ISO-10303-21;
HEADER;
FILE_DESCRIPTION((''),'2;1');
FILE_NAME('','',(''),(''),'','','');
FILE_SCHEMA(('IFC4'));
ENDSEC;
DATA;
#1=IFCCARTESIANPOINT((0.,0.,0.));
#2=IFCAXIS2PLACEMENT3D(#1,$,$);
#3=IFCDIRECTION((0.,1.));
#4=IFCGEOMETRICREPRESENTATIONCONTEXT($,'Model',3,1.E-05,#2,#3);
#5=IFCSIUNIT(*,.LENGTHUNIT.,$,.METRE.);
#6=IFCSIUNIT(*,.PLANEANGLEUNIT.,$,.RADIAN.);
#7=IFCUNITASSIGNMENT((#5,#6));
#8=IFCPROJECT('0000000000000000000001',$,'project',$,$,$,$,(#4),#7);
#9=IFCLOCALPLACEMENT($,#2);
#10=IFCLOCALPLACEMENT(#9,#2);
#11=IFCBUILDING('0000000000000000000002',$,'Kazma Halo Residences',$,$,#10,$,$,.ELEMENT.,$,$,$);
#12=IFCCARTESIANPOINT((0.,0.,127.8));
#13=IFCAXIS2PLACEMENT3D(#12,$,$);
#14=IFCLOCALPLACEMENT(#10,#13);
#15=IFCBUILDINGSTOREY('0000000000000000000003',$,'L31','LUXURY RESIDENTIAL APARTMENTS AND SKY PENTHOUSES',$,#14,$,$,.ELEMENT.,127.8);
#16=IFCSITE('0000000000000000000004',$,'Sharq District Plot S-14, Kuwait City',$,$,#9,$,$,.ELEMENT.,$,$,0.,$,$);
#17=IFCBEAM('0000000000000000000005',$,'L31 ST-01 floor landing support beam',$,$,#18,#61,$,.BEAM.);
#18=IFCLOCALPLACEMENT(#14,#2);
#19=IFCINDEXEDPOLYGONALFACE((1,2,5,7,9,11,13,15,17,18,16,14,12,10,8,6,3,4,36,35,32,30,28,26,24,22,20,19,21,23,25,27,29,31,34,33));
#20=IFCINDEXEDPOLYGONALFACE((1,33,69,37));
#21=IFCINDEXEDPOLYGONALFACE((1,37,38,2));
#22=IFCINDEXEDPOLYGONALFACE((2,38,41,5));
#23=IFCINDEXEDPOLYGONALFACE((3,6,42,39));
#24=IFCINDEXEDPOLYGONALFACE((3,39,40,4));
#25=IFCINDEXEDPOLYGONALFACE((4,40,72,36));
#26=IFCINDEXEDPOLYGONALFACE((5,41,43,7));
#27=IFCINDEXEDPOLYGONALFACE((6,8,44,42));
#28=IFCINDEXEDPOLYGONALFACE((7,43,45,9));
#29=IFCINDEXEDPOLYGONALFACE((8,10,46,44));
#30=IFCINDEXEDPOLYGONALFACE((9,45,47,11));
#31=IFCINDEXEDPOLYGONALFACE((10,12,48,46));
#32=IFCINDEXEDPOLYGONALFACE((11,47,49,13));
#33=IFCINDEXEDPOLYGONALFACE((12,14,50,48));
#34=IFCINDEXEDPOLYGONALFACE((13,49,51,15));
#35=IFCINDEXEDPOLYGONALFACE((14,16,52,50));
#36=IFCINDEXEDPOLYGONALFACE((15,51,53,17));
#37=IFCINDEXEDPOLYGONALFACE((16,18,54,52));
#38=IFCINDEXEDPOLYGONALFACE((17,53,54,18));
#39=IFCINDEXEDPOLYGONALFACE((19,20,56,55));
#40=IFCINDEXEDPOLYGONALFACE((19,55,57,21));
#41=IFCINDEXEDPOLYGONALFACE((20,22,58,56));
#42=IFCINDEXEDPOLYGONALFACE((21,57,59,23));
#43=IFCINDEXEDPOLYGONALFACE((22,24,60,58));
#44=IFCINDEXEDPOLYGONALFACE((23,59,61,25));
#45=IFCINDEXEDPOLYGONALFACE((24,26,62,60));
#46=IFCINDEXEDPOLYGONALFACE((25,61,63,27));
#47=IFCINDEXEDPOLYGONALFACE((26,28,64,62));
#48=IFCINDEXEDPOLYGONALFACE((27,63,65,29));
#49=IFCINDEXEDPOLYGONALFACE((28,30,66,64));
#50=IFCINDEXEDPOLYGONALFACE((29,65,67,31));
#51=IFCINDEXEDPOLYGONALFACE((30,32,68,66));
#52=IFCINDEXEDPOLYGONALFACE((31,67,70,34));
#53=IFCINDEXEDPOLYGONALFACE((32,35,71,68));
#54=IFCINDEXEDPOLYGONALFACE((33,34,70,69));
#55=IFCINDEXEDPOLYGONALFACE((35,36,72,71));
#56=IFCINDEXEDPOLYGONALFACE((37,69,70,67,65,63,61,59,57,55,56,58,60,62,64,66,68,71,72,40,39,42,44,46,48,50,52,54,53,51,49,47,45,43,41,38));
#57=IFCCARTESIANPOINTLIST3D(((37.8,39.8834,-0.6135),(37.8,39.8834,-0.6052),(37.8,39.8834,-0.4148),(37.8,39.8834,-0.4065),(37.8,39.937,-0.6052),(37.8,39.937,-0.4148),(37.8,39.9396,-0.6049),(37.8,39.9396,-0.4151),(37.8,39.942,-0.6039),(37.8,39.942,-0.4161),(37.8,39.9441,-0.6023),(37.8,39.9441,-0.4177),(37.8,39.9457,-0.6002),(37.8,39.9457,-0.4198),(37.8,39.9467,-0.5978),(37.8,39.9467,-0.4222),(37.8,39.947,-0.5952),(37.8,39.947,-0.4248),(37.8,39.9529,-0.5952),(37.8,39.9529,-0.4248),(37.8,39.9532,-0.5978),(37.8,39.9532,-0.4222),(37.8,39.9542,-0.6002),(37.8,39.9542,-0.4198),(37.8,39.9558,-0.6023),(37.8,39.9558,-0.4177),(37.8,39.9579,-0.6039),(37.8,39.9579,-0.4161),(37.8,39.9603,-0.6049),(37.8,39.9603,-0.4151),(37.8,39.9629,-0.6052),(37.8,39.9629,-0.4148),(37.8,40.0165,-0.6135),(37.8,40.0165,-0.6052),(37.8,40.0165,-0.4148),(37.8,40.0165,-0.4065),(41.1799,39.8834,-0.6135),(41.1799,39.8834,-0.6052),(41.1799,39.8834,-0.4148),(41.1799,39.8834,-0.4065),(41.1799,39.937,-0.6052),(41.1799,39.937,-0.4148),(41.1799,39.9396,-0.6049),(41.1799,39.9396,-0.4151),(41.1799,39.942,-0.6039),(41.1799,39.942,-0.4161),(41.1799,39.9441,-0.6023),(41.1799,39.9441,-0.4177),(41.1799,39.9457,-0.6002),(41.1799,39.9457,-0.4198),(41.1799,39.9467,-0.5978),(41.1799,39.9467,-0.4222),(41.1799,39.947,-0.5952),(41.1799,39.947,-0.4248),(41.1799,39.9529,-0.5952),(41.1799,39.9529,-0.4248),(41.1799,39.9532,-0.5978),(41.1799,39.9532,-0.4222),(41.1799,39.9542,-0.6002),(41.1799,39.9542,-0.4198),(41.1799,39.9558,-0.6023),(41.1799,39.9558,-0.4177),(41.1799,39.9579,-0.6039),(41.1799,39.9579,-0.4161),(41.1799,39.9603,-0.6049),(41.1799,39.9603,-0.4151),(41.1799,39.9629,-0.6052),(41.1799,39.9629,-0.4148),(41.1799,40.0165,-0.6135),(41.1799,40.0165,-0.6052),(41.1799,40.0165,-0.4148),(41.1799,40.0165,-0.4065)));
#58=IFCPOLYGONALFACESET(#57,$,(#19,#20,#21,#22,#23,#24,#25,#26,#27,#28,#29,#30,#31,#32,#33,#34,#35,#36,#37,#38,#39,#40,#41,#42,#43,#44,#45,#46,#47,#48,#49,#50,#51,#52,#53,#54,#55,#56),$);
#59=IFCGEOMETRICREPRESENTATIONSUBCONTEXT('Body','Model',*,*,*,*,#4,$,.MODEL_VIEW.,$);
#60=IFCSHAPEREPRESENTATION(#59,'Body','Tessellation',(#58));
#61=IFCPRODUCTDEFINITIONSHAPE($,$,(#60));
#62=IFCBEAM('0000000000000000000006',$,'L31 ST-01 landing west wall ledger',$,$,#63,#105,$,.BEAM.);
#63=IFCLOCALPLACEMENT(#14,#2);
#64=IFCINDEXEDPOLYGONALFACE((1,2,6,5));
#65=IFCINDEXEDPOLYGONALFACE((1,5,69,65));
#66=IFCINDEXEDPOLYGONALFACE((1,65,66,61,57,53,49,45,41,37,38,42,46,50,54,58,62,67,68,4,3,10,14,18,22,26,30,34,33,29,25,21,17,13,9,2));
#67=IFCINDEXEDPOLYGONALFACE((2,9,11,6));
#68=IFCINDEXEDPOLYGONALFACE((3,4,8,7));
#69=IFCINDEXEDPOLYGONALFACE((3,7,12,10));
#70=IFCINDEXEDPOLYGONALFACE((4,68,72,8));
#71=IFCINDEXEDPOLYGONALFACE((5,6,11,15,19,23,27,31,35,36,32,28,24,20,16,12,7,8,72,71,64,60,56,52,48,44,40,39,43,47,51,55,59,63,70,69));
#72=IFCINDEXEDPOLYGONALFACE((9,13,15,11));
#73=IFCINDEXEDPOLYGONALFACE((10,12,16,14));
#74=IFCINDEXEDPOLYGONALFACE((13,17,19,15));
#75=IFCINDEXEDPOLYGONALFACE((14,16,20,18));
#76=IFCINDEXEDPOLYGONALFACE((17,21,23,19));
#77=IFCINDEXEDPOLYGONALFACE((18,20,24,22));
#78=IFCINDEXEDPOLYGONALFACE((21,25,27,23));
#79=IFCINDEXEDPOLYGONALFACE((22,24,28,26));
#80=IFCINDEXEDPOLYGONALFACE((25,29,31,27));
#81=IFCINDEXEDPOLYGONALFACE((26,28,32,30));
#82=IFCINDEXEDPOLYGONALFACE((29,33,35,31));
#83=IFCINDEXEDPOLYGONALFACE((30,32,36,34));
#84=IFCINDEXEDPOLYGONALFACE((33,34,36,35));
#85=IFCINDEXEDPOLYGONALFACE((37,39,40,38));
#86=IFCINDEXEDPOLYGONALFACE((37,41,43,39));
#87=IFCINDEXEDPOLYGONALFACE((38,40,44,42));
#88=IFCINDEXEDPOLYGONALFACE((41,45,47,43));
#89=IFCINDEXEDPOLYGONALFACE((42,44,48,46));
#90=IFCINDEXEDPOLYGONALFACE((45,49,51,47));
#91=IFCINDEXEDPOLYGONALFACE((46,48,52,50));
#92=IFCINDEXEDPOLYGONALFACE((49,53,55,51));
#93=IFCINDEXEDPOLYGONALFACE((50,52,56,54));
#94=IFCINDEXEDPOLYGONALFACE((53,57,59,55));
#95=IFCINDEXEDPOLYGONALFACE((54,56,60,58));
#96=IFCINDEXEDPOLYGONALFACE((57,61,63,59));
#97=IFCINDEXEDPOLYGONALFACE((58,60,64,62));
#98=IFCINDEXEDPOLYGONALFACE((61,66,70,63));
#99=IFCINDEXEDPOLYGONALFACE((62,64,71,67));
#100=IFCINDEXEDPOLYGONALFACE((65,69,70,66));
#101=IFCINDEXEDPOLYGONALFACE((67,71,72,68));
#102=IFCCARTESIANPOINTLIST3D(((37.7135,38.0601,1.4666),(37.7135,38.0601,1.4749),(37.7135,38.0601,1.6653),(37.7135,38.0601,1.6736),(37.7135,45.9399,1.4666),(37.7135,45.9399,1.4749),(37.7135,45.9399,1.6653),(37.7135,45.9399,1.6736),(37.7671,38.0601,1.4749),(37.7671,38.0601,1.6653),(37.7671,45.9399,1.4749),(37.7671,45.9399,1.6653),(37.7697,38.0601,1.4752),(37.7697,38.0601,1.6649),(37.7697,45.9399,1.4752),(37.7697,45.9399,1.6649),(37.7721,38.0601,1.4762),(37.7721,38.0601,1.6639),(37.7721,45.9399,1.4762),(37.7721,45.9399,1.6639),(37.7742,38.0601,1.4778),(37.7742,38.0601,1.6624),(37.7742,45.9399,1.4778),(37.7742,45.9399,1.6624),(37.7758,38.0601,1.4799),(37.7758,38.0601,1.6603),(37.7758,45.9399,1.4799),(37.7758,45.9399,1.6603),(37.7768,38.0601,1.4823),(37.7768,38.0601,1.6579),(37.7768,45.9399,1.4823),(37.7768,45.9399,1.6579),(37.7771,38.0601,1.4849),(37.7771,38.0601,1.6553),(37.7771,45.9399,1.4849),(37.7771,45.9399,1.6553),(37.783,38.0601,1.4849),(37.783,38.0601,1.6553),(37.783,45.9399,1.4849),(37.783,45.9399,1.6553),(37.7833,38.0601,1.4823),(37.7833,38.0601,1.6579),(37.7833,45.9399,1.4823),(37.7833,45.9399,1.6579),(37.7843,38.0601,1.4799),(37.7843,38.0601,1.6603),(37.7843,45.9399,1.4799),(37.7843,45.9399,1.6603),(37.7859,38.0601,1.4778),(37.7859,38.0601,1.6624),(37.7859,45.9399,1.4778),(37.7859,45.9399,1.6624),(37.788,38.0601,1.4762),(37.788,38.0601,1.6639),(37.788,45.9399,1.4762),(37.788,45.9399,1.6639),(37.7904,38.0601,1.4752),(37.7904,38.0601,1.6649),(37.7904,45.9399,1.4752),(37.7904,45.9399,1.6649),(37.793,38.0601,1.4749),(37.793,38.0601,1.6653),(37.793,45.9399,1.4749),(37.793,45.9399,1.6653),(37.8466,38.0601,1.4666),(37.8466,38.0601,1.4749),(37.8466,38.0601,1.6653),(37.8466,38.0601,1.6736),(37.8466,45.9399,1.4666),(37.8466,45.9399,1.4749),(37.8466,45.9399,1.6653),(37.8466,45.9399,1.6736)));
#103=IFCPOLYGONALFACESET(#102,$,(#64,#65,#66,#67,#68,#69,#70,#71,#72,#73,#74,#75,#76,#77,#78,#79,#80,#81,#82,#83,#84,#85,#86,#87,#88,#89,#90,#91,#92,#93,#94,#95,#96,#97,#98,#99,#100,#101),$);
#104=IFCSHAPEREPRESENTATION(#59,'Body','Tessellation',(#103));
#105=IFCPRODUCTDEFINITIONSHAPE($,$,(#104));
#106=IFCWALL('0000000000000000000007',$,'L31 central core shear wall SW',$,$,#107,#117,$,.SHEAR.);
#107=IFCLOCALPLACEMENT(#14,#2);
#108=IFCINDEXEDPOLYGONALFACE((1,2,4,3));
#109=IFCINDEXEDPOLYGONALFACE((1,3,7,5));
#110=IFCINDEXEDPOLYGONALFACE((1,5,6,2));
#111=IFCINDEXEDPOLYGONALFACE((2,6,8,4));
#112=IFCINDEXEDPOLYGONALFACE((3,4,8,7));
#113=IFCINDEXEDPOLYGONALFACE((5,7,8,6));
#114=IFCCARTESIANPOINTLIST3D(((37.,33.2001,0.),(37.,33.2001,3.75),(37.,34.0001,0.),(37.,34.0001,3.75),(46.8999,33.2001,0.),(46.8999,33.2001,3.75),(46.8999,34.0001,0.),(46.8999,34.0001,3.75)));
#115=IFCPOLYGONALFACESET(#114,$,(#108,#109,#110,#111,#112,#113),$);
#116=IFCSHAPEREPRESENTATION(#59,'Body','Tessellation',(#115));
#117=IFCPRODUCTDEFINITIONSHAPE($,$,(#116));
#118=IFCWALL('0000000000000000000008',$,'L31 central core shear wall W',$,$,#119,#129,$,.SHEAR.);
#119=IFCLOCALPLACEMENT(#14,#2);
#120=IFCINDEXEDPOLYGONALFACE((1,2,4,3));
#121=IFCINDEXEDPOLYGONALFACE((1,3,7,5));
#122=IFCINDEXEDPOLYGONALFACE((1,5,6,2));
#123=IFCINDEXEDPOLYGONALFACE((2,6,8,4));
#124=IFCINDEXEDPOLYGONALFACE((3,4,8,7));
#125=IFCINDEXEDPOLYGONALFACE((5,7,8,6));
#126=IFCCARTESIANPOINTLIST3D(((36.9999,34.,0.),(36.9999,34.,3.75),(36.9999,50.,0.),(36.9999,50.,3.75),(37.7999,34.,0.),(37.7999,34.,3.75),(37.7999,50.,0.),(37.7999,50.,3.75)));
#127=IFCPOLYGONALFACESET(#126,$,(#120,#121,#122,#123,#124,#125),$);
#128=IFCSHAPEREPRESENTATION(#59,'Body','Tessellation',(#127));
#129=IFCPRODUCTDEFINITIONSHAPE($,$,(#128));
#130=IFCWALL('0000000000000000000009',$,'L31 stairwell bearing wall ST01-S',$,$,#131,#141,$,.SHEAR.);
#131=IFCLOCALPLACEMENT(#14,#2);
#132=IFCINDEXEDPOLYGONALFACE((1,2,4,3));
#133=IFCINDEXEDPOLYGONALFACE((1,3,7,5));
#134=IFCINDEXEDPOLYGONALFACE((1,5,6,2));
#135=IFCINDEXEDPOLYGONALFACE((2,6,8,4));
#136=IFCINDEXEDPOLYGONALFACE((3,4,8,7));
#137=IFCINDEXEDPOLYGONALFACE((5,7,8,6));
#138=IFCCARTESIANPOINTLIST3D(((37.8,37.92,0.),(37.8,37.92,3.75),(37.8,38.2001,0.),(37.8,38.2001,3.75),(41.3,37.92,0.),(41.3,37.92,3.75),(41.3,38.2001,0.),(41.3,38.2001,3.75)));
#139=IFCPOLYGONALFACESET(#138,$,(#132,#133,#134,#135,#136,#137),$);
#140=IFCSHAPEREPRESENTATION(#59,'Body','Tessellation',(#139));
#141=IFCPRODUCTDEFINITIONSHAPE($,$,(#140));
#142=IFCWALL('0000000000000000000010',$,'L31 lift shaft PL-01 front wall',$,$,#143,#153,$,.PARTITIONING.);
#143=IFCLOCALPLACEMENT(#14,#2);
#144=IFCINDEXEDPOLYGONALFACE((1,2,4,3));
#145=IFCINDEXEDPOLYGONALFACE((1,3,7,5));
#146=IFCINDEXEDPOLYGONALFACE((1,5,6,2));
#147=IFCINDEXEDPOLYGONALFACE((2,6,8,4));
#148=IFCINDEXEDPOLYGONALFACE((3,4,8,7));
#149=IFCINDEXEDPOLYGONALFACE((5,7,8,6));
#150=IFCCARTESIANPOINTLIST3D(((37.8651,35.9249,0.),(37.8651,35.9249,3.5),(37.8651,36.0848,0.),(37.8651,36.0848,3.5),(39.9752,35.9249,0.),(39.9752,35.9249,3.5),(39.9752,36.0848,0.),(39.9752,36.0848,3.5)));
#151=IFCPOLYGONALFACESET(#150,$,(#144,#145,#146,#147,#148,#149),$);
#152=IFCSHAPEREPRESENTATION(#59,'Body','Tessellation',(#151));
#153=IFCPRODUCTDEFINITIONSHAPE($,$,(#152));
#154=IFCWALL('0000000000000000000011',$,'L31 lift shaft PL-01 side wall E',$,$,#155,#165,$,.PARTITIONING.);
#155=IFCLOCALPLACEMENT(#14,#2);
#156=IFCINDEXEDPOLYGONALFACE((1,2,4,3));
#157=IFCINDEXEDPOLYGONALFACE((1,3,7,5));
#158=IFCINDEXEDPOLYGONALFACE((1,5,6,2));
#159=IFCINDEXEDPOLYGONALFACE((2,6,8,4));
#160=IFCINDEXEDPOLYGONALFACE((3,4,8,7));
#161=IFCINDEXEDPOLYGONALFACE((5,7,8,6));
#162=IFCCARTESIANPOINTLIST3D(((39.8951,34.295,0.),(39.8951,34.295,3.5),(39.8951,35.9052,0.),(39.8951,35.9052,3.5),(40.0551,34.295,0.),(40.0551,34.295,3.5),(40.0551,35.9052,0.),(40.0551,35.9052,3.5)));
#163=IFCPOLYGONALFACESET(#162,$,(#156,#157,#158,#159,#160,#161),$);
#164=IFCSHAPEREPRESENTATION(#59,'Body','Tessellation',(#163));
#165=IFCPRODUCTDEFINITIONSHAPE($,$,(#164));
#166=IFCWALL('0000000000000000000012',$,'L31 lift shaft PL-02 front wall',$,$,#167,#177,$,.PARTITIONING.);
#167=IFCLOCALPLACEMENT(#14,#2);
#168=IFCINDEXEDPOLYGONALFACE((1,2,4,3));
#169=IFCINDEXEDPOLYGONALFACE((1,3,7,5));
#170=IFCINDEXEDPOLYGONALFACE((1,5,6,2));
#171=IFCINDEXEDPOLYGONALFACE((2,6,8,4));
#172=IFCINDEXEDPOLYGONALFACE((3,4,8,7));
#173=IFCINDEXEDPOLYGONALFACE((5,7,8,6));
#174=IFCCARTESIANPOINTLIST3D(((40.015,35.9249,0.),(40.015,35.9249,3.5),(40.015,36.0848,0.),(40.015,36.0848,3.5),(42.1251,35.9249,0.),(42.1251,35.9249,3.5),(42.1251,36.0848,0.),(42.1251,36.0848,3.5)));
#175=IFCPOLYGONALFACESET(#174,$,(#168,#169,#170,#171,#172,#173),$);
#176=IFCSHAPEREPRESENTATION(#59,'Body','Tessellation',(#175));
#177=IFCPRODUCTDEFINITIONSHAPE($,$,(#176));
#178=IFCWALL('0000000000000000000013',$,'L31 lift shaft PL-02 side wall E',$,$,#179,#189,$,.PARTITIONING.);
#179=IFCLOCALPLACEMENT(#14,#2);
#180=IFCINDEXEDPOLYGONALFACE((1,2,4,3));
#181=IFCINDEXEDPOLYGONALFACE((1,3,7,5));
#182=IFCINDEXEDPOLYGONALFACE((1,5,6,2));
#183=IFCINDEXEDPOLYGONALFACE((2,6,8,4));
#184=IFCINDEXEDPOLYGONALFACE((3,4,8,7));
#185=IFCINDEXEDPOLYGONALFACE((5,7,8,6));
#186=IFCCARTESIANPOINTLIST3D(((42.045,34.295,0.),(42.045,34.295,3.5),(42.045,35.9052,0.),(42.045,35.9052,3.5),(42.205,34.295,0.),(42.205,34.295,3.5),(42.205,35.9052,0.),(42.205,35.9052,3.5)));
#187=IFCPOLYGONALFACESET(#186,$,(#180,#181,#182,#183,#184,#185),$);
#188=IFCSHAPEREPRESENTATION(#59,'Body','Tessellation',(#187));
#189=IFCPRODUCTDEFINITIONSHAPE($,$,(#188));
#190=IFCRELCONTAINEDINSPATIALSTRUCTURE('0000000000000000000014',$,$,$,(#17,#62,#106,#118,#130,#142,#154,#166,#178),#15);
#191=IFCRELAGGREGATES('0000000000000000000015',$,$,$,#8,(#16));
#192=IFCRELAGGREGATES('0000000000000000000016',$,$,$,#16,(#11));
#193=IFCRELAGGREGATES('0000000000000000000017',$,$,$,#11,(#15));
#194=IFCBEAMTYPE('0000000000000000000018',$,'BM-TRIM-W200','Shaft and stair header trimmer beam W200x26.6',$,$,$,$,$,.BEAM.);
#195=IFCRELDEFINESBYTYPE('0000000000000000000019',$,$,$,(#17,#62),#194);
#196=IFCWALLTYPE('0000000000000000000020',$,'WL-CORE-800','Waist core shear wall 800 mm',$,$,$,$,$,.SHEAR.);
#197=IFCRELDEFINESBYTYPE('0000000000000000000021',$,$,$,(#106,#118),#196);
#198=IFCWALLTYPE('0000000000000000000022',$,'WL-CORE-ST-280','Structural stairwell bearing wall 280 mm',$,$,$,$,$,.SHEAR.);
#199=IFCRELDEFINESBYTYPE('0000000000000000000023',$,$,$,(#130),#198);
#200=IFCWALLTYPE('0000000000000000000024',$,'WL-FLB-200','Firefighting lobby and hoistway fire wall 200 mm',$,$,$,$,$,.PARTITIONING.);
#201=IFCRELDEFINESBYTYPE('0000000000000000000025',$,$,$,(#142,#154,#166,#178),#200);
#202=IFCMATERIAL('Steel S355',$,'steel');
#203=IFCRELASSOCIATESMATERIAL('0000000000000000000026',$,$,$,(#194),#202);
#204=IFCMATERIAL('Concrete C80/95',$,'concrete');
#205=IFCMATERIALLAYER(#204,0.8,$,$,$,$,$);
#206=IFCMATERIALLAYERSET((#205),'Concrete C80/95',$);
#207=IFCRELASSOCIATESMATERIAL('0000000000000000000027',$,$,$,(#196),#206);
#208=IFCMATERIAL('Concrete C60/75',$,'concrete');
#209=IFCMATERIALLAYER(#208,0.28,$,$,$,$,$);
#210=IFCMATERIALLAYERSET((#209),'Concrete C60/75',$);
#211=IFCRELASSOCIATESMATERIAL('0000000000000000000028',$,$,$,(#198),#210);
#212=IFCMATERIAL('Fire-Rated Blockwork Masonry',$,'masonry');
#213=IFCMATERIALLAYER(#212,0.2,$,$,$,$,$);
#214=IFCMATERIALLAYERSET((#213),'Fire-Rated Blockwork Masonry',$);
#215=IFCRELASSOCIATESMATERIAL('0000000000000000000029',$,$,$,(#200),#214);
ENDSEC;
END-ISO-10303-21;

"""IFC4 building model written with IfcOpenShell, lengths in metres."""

from ifc_helpers import new_model, si_unit, direction, frame, frame_2d, origin, origin_2d, place, context, subcontext, project, spatial, rectangle, i_section, extrude, material, layer, layer_set, material_profile, profile_set, type_object, element, save


model = new_model("IFC4")

# Units and contexts
model_context = context("Model", 3, precision=1e-05, world=origin(), true_north=direction((0.0, 1.0)))
body_context = subcontext(model_context, "Body", "Model", "MODEL_VIEW")
ifc_project = project(units=[si_unit("LENGTHUNIT", "METRE"), si_unit("PLANEANGLEUNIT", "RADIAN")], contexts=[model_context])

# Site, building, storey
site_placement = place(None, origin())
site = spatial("IfcSite", under=ifc_project, at=site_placement, Name="Sharq District Plot S-14, Kuwait City", CompositionType="ELEMENT", RefElevation=0.0)
building_placement = place(site_placement, origin())
building = spatial("IfcBuilding", under=site, at=building_placement, Name="Kazma Halo Residences", CompositionType="ELEMENT")
storey_placement = place(building_placement, frame((0.0, 0.0, 127.8)))
storey = spatial("IfcBuildingStorey", under=building, at=storey_placement, Name="L31", Description="LUXURY RESIDENTIAL APARTMENTS AND SKY PENTHOUSES", CompositionType="ELEMENT", Elevation=127.8)

# Beams
ifc_material_1 = material(Name="Steel S355", Category="steel")
ifc_material_profile_1 = material_profile(ifc_material_1, i_section(OverallWidth=0.1331, OverallDepth=0.207, WebThickness=0.0059, FlangeThickness=0.0083, FilletRadius=0.01, at=origin_2d()), Name="W200x26.6")
ifc_profile_set_1 = profile_set([ifc_material_profile_1], Name="Steel S355")
beam_type_1 = type_object("IfcBeamType", Name="BM-TRIM-W200", Description="Shaft and stair header trimmer beam W200x26.6", PredefinedType="BEAM", material=ifc_profile_set_1)
beam_1_placement = place(storey_placement, frame((37.8, 39.95, -0.51), z_axis=(1.0, 0.0, 0.0), x_axis=(0.0, 1.0, 0.0)))
element("IfcBeam", 1, at=beam_1_placement, inside=storey, type_object=beam_type_1, Name="L31 ST-01 floor landing support beam", PredefinedType="BEAM", context=body_context, shape_type="SweptSolid", body=[
    extrude(i_section(OverallWidth=0.1331, OverallDepth=0.207, WebThickness=0.0059, FlangeThickness=0.0083, FilletRadius=0.01, at=origin_2d()), origin(), (0.0, 0.0, 1.0), 3.3799),
])
beam_2_placement = place(storey_placement, frame((37.78, 38.0601, 1.5701), z_axis=(0.0, 1.0, 0.0), x_axis=(-1.0, 0.0, 0.0)))
element("IfcBeam", 2, at=beam_2_placement, inside=storey, type_object=beam_type_1, Name="L31 ST-01 landing west wall ledger", PredefinedType="BEAM", context=body_context, shape_type="SweptSolid", body=[
    extrude(i_section(OverallWidth=0.1331, OverallDepth=0.207, WebThickness=0.0059, FlangeThickness=0.0083, FilletRadius=0.01, at=origin_2d()), origin(), (0.0, 0.0, 1.0), 7.8799),
])

# Walls
ifc_material_2 = material(Name="Concrete C80/95", Category="concrete")
ifc_layer_1 = layer(ifc_material_2, 0.8)
ifc_layer_set_1 = layer_set([ifc_layer_1], Name="Concrete C80/95")
wall_type_1 = type_object("IfcWallType", Name="WL-CORE-800", Description="Waist core shear wall 800 mm", PredefinedType="SHEAR", material=ifc_layer_set_1)
wall_1_placement = place(storey_placement, frame((37.0, 33.6001, 0.0), z_axis=(0.0, 0.0, 1.0), x_axis=(1.0, 0.0, 0.0)))
element("IfcWall", 3, at=wall_1_placement, inside=storey, type_object=wall_type_1, Name="L31 central core shear wall SW", PredefinedType="SHEAR", context=body_context, shape_type="SweptSolid", body=[
    extrude(rectangle(XDim=9.8999, YDim=0.8, at=frame_2d((4.95, 0.0))), origin(), (0.0, 0.0, 1.0), 3.75),
])
wall_2_placement = place(storey_placement, frame((37.3999, 34.0, 0.0), z_axis=(0.0, 0.0, 1.0), x_axis=(0.0, 1.0, 0.0)))
element("IfcWall", 4, at=wall_2_placement, inside=storey, type_object=wall_type_1, Name="L31 central core shear wall W", PredefinedType="SHEAR", context=body_context, shape_type="SweptSolid", body=[
    extrude(rectangle(XDim=16.0, YDim=0.8, at=frame_2d((8.0, 0.0))), origin(), (0.0, 0.0, 1.0), 3.75),
])
ifc_material_3 = material(Name="Concrete C60/75", Category="concrete")
ifc_layer_2 = layer(ifc_material_3, 0.28)
ifc_layer_set_2 = layer_set([ifc_layer_2], Name="Concrete C60/75")
wall_type_2 = type_object("IfcWallType", Name="WL-CORE-ST-280", Description="Structural stairwell bearing wall 280 mm", PredefinedType="SHEAR", material=ifc_layer_set_2)
wall_3_placement = place(storey_placement, frame((37.8, 38.0601, 0.0), z_axis=(0.0, 0.0, 1.0), x_axis=(1.0, 0.0, 0.0)))
element("IfcWall", 5, at=wall_3_placement, inside=storey, type_object=wall_type_2, Name="L31 stairwell bearing wall ST01-S", PredefinedType="SHEAR", context=body_context, shape_type="SweptSolid", body=[
    extrude(rectangle(XDim=3.5, YDim=0.28, at=frame_2d((1.75, 0.0))), origin(), (0.0, 0.0, 1.0), 3.75),
])
ifc_material_4 = material(Name="Fire-Rated Blockwork Masonry", Category="masonry")
ifc_layer_3 = layer(ifc_material_4, 0.2)
ifc_layer_set_3 = layer_set([ifc_layer_3], Name="Fire-Rated Blockwork Masonry")
wall_type_3 = type_object("IfcWallType", Name="WL-FLB-200", Description="Firefighting lobby and hoistway fire wall 200 mm", PredefinedType="PARTITIONING", material=ifc_layer_set_3)
wall_4_placement = place(storey_placement, frame((37.865, 36.0049, 0.0), z_axis=(0.0, 0.0, 1.0), x_axis=(1.0, 0.0, 0.0)))
element("IfcWall", 6, at=wall_4_placement, inside=storey, type_object=wall_type_3, Name="L31 lift shaft PL-01 front wall", PredefinedType="PARTITIONING", context=body_context, shape_type="SweptSolid", body=[
    extrude(rectangle(XDim=2.1101, YDim=0.1599, at=frame_2d((1.0552, 0.0))), origin(), (0.0, 0.0, 1.0), 3.5),
])
wall_5_placement = place(storey_placement, frame((39.9751, 34.2949, 0.0), z_axis=(0.0, 0.0, 1.0), x_axis=(0.0, 1.0, 0.0)))
element("IfcWall", 7, at=wall_5_placement, inside=storey, type_object=wall_type_3, Name="L31 lift shaft PL-01 side wall E", PredefinedType="PARTITIONING", context=body_context, shape_type="SweptSolid", body=[
    extrude(rectangle(XDim=1.6101, YDim=0.1599, at=frame_2d((0.8052, 0.0))), origin(), (0.0, 0.0, 1.0), 3.5),
])
wall_6_placement = place(storey_placement, frame((40.0149, 36.0049, 0.0), z_axis=(0.0, 0.0, 1.0), x_axis=(1.0, 0.0, 0.0)))
element("IfcWall", 8, at=wall_6_placement, inside=storey, type_object=wall_type_3, Name="L31 lift shaft PL-02 front wall", PredefinedType="PARTITIONING", context=body_context, shape_type="SweptSolid", body=[
    extrude(rectangle(XDim=2.1101, YDim=0.1599, at=frame_2d((1.0552, 0.0))), origin(), (0.0, 0.0, 1.0), 3.5),
])
wall_7_placement = place(storey_placement, frame((42.125, 34.2949, 0.0), z_axis=(0.0, 0.0, 1.0), x_axis=(0.0, 1.0, 0.0)))
element("IfcWall", 9, at=wall_7_placement, inside=storey, type_object=wall_type_3, Name="L31 lift shaft PL-02 side wall E", PredefinedType="PARTITIONING", context=body_context, shape_type="SweptSolid", body=[
    extrude(rectangle(XDim=1.6101, YDim=0.1599, at=frame_2d((0.8052, 0.0))), origin(), (0.0, 0.0, 1.0), 3.5),
])

save(model, "model.ifc")
